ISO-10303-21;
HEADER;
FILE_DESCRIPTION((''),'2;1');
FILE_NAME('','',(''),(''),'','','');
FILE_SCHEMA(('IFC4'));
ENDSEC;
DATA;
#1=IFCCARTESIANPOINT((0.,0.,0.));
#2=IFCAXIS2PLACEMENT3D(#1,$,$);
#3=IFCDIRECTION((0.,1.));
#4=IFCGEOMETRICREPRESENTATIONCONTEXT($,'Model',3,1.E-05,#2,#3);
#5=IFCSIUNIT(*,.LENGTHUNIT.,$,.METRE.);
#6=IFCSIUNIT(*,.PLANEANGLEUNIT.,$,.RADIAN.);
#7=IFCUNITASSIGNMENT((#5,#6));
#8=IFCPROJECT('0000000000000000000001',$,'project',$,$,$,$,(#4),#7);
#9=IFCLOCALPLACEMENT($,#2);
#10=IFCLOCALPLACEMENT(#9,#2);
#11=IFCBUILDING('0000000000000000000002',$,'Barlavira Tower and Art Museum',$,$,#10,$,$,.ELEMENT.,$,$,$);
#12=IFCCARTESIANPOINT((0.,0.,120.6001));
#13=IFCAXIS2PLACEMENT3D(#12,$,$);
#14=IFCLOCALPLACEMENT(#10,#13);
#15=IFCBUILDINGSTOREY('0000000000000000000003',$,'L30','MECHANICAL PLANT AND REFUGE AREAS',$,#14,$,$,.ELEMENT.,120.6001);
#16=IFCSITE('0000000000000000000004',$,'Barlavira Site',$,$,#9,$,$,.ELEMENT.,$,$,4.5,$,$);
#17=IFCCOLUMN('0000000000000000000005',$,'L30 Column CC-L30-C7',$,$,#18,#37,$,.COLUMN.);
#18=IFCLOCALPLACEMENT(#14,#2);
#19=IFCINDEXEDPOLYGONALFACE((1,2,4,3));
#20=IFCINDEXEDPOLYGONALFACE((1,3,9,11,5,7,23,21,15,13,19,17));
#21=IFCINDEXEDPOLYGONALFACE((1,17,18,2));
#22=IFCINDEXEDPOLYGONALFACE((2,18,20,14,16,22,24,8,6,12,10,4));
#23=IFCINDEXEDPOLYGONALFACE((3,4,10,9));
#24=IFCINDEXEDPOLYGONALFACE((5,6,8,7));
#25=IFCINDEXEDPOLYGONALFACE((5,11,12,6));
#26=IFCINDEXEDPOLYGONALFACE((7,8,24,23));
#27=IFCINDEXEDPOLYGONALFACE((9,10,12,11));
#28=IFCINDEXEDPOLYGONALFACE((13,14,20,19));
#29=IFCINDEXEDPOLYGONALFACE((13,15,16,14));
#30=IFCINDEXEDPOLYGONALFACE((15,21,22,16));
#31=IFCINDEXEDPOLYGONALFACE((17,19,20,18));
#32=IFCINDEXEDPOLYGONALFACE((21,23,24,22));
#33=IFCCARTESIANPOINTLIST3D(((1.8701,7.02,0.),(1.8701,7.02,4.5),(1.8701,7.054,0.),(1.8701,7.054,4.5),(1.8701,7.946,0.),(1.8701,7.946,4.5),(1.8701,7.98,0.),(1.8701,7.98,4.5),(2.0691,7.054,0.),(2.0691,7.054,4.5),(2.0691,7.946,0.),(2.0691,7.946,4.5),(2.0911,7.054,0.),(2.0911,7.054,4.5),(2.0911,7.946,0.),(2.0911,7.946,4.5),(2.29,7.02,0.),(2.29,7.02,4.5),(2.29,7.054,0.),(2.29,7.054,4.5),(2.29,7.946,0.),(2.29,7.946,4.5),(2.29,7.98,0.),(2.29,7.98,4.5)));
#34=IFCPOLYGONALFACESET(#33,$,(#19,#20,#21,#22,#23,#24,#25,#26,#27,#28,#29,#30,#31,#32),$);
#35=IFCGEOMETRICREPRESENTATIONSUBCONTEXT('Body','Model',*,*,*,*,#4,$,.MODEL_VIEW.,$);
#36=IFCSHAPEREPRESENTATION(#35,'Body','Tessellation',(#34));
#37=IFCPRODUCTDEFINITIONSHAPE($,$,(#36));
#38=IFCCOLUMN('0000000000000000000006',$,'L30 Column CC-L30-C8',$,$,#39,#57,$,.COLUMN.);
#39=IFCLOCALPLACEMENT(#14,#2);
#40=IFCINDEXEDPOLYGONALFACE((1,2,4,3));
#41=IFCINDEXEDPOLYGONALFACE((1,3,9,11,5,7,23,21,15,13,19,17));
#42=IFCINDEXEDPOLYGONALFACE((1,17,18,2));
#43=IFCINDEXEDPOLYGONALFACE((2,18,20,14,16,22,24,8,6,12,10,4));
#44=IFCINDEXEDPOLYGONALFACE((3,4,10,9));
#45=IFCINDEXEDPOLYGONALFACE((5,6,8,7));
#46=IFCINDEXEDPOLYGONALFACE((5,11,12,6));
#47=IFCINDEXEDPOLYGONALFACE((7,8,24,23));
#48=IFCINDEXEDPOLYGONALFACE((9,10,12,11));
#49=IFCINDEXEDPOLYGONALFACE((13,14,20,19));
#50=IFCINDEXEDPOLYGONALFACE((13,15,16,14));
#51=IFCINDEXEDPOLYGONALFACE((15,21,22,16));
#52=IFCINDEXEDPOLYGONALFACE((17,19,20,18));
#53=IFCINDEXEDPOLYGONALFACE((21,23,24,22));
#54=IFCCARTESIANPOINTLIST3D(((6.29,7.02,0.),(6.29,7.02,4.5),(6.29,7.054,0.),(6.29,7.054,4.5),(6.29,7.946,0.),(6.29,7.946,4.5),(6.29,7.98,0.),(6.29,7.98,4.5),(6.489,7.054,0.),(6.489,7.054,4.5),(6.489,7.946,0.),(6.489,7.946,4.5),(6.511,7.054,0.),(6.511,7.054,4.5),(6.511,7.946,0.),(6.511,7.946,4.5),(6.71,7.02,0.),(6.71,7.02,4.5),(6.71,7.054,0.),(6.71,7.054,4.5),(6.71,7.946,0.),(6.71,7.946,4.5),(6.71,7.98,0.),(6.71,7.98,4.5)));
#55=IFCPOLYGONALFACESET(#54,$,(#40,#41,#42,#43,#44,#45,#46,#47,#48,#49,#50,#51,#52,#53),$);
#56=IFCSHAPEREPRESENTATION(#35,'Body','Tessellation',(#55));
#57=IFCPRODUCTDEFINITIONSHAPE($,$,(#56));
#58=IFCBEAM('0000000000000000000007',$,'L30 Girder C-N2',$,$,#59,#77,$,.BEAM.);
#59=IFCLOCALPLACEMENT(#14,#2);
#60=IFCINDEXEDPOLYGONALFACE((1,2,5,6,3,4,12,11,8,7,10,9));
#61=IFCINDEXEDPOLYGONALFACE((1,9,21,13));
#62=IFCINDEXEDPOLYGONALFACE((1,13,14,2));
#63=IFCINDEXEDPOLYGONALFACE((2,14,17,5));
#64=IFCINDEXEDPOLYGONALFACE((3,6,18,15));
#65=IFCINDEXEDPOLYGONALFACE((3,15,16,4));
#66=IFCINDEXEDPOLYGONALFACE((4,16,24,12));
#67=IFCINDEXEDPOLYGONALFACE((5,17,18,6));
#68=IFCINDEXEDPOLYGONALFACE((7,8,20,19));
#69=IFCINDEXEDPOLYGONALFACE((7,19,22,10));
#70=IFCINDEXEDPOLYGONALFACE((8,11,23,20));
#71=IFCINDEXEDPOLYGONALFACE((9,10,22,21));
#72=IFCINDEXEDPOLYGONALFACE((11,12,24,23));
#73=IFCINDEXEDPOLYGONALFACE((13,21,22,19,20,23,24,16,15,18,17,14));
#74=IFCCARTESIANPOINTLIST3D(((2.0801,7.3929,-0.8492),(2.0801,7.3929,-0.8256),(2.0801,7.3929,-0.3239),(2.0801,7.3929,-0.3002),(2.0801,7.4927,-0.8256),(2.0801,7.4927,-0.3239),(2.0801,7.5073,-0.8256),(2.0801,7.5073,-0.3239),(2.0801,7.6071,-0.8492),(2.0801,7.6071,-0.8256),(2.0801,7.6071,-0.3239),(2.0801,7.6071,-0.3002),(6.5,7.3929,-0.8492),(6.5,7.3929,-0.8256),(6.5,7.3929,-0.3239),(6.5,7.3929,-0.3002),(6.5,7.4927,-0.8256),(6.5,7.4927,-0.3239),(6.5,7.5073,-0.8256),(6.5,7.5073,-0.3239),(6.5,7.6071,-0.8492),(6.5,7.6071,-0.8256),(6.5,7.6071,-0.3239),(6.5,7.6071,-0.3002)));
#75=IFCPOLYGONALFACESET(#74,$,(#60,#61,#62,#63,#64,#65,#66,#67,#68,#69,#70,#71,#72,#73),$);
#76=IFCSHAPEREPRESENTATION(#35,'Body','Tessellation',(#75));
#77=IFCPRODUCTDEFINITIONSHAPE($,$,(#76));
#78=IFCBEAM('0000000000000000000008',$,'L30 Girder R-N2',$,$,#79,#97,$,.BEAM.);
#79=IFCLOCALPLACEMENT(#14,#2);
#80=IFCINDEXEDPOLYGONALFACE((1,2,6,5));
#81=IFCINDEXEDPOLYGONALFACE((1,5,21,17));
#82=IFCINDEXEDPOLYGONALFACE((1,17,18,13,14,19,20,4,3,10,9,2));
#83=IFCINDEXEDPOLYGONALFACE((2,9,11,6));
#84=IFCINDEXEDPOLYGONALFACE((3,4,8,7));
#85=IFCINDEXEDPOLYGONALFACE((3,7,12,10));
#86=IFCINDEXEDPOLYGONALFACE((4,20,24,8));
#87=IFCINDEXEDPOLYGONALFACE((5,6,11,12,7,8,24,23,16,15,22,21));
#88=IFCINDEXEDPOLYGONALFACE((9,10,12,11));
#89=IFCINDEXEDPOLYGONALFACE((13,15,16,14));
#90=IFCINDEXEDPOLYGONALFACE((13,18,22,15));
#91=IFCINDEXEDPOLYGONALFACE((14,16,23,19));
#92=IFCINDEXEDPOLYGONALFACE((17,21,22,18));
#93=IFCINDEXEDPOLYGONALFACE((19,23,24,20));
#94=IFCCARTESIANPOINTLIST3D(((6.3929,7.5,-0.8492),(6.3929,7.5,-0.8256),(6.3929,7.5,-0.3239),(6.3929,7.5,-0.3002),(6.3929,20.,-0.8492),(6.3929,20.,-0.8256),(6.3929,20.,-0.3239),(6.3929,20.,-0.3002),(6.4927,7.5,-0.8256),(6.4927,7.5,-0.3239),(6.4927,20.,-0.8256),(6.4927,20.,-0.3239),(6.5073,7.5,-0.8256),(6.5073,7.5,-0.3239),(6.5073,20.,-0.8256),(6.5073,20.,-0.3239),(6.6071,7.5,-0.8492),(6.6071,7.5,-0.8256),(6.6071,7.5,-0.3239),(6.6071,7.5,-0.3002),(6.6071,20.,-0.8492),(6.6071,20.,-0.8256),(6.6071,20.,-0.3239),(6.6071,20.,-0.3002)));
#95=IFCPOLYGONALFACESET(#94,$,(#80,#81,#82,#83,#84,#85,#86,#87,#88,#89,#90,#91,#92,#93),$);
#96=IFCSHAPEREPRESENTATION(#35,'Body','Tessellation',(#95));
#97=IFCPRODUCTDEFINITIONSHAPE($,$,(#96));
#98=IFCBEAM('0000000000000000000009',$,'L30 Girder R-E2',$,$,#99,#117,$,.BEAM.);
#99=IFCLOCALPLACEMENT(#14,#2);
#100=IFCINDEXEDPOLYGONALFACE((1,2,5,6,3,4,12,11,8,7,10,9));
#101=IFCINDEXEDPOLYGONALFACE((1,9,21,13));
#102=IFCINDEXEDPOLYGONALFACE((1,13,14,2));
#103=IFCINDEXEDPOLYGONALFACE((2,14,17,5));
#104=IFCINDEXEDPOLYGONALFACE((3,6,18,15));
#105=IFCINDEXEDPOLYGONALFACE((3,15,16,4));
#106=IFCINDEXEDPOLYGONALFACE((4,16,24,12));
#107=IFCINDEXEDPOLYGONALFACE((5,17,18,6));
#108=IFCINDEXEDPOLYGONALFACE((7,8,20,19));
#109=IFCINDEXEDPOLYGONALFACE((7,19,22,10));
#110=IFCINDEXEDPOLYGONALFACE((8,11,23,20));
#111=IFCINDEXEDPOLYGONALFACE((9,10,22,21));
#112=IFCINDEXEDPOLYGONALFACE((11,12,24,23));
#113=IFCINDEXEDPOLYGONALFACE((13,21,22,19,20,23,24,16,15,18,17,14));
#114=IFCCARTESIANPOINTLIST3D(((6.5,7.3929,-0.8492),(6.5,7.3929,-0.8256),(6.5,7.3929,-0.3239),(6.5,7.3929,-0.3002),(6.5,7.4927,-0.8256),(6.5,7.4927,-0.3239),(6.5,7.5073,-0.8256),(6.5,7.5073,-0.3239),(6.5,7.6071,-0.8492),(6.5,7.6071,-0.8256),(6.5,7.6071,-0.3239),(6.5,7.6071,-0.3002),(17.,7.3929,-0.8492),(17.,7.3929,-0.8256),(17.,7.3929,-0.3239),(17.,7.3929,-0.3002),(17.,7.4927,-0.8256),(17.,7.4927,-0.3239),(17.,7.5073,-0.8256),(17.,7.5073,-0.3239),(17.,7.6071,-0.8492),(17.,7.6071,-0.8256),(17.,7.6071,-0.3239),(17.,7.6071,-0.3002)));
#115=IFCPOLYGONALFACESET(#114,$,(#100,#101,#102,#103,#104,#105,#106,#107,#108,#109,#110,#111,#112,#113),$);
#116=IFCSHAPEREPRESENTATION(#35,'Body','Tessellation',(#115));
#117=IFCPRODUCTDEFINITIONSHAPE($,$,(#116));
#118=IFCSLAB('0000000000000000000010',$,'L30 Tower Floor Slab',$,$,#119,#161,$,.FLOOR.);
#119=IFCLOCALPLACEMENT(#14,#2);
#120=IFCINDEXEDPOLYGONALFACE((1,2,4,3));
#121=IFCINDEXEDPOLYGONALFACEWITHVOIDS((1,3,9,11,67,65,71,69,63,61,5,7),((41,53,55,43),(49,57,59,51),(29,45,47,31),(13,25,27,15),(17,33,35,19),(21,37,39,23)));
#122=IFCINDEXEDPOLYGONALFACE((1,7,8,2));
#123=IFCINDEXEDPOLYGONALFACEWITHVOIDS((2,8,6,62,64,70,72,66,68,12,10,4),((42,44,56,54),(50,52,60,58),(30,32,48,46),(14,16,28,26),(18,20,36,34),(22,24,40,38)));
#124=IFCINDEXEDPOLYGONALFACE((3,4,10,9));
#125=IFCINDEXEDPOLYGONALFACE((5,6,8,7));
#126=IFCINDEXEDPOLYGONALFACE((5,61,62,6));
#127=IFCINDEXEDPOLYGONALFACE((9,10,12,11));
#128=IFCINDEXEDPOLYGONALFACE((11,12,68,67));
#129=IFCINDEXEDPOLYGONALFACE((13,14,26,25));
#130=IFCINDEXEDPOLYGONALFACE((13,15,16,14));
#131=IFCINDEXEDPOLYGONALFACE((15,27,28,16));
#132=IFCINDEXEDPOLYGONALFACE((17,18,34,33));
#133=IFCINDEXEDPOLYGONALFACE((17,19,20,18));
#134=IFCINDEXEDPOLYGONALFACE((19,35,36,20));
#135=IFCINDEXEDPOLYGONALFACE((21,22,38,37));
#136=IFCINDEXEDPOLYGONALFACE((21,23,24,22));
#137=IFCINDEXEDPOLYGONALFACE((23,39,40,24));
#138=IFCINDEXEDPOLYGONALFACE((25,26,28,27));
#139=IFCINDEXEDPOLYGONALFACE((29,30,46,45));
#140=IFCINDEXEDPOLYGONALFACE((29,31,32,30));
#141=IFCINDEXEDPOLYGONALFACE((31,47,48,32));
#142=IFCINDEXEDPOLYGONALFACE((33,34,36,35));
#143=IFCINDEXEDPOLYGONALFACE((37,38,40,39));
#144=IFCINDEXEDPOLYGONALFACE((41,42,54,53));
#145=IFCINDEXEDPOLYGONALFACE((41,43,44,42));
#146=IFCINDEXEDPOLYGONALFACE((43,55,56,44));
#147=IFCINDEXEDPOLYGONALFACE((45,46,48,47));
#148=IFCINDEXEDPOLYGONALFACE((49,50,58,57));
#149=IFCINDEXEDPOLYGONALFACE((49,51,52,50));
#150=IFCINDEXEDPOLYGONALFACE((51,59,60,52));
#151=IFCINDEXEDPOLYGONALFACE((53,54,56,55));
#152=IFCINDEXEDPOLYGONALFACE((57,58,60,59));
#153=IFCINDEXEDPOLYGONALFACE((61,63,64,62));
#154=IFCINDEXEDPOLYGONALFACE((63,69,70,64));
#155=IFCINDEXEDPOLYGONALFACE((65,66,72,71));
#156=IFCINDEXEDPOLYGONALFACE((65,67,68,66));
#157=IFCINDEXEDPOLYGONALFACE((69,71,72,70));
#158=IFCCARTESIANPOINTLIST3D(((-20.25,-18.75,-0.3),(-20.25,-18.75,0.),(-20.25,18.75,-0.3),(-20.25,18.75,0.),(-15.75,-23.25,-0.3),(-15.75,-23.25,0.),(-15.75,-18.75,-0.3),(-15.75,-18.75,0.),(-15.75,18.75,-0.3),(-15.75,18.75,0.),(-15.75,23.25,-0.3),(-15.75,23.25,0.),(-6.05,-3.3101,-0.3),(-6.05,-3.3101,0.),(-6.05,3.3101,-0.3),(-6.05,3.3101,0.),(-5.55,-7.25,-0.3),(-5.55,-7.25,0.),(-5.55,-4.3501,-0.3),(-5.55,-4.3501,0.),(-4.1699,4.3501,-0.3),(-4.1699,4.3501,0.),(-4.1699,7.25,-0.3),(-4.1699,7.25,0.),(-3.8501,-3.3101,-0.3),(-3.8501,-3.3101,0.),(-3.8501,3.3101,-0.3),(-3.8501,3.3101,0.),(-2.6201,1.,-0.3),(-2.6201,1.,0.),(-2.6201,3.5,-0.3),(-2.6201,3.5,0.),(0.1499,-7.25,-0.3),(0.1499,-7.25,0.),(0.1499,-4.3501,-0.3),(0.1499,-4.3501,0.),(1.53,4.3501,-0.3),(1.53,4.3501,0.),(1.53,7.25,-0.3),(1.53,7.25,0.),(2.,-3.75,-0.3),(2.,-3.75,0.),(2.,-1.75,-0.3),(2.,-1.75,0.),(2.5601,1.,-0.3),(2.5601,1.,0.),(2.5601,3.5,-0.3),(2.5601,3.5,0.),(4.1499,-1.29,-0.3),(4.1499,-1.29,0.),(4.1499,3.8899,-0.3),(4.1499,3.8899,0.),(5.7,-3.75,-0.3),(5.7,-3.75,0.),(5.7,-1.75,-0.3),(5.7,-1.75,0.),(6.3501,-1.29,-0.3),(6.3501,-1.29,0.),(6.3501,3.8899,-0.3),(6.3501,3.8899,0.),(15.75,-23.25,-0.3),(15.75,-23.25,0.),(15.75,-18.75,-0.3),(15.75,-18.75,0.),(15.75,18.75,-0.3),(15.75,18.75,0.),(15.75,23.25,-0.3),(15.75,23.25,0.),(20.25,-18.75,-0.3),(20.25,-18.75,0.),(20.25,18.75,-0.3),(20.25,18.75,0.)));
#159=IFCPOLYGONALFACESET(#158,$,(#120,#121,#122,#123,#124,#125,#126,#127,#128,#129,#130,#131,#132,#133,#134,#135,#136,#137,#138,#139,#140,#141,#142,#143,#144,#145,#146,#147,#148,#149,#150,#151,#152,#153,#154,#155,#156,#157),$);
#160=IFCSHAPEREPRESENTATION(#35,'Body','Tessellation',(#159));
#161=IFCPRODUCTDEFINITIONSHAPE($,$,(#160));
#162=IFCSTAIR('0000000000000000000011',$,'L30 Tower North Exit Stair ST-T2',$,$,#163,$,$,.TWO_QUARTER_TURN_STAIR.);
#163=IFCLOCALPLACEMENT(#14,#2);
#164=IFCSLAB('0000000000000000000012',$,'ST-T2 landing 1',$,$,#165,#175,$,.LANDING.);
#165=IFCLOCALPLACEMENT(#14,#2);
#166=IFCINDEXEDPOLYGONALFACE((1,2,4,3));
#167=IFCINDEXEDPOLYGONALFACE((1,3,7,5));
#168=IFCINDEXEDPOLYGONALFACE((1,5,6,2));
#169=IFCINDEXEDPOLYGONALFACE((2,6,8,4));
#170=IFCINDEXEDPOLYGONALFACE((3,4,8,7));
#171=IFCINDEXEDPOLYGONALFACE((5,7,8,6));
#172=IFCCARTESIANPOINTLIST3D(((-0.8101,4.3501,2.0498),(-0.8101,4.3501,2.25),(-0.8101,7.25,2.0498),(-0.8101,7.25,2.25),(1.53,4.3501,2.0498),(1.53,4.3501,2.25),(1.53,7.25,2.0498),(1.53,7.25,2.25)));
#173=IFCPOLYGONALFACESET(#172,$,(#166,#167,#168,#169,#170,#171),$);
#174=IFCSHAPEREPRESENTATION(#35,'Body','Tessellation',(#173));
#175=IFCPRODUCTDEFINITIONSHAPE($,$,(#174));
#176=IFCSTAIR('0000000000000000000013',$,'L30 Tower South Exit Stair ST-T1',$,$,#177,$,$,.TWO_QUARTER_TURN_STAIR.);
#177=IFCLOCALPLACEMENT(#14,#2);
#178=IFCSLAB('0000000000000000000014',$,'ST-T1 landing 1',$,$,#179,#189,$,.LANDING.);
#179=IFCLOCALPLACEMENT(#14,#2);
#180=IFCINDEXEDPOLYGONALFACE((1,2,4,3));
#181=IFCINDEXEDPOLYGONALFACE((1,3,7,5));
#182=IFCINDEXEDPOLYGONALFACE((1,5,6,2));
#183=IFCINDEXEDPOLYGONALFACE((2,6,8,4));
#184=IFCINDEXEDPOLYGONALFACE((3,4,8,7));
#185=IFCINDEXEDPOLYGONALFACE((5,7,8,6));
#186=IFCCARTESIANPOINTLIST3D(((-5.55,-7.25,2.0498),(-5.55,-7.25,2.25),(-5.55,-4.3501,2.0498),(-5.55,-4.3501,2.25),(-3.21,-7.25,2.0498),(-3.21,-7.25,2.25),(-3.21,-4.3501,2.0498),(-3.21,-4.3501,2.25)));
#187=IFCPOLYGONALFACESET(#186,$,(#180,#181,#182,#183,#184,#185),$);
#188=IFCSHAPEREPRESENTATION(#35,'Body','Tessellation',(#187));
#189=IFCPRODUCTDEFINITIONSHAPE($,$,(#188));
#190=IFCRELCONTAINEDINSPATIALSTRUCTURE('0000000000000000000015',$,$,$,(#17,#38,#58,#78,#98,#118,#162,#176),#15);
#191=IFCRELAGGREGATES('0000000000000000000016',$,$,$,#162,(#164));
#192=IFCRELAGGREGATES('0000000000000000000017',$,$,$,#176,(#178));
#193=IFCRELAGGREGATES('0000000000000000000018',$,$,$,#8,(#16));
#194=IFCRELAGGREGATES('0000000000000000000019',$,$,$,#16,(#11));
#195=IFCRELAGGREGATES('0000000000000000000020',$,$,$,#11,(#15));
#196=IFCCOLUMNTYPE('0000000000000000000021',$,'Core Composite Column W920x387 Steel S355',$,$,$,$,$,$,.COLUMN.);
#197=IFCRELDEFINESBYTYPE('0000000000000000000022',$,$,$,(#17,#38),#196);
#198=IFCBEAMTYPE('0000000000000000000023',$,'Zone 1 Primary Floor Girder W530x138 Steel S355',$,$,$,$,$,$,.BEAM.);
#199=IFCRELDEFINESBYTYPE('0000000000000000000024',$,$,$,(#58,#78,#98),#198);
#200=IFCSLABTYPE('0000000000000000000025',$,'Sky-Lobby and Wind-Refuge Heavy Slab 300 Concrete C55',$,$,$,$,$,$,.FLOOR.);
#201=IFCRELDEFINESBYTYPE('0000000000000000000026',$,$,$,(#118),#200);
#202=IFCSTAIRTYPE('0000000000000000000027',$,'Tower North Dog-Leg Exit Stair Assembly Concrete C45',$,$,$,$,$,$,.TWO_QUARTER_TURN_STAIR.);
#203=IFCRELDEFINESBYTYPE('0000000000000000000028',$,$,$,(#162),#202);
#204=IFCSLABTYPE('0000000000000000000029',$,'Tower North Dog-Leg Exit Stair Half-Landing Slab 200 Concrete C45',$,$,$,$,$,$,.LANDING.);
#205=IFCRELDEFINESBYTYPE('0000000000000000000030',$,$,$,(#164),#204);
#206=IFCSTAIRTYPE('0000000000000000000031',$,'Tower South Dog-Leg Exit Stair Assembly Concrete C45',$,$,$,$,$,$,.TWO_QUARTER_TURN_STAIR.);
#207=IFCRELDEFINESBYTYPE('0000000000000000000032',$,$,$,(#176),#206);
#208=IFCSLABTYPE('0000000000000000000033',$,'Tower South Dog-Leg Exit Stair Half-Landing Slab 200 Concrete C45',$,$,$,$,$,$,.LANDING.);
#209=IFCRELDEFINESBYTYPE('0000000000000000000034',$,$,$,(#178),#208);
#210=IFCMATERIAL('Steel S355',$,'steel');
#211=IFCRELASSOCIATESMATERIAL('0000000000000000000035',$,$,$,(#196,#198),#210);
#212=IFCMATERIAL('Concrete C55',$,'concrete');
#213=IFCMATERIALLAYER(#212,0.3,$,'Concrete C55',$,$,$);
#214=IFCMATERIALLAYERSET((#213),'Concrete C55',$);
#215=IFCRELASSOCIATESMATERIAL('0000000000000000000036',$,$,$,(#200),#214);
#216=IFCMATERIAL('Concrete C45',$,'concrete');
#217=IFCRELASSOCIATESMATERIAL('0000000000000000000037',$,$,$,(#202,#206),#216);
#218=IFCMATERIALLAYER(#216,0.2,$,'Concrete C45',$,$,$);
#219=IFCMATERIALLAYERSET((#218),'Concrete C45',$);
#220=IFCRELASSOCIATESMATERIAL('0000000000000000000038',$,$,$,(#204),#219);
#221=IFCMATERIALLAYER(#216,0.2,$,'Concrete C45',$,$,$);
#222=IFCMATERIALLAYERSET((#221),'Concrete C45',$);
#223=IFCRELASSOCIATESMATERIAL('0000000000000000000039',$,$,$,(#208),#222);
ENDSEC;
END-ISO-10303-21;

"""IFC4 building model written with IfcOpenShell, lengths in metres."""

from ifc_helpers import new_model, si_unit, direction, frame, origin, origin_2d, place, context, subcontext, project, spatial, polyline, i_section, outline, extrude, material, layer, layer_set, material_profile, profile_set, type_object, element, aggregate, save


model = new_model("IFC4")

# Units and contexts
model_context = context("Model", 3, precision=1e-05, world=origin(), true_north=direction((0.0, 1.0)))
body_context = subcontext(model_context, "Body", "Model", "MODEL_VIEW")
ifc_project = project(units=[si_unit("LENGTHUNIT", "METRE"), si_unit("PLANEANGLEUNIT", "RADIAN")], contexts=[model_context])

# Site, building, storey
site_placement = place(None, origin())
site = spatial("IfcSite", under=ifc_project, at=site_placement, Name="Barlavira Site", CompositionType="ELEMENT", RefElevation=4.5)
building_placement = place(site_placement, origin())
building = spatial("IfcBuilding", under=site, at=building_placement, Name="Barlavira Tower and Art Museum", CompositionType="ELEMENT")
storey_placement = place(building_placement, frame((0.0, 0.0, 120.6001)))
storey = spatial("IfcBuildingStorey", under=building, at=storey_placement, Name="L30", Description="MECHANICAL PLANT AND REFUGE AREAS", CompositionType="ELEMENT", Elevation=120.6001)

# Columns
ifc_material_1 = material(Name="Steel S355", Category="steel")
ifc_material_profile_1 = material_profile(ifc_material_1, i_section(OverallWidth=0.4199, OverallDepth=0.96, WebThickness=0.022, FlangeThickness=0.0339, at=origin_2d()), Name="W920x387.0")
ifc_profile_set_1 = profile_set([ifc_material_profile_1], Name="Steel S355")
column_type = type_object("IfcColumnType", Name="Core Composite Column W920x387 Steel S355", PredefinedType="COLUMN", material=ifc_profile_set_1)
for number, where, z_axis, x_axis, name in (
    (1, (2.0801, 7.5, 0.0), (0.0, 0.0, 1.0), (1.0, 0.0, 0.0), "L30 Column CC-L30-C7"),
    (2, (6.5, 7.5, 0.0), (0.0, 0.0, 1.0), (1.0, 0.0, 0.0), "L30 Column CC-L30-C8"),
):
    element("IfcColumn", number, at=place(storey_placement, frame(where, z_axis=z_axis, x_axis=x_axis)), inside=storey, type_object=column_type, Name=name, PredefinedType="COLUMN", context=body_context, shape_type="SweptSolid", body=[
        extrude(i_section(OverallWidth=0.4199, OverallDepth=0.96, WebThickness=0.022, FlangeThickness=0.0339, at=origin_2d()), origin(), (0.0, 0.0, 1.0), 4.5),
    ])

# Beams
ifc_material_profile_2 = material_profile(ifc_material_1, i_section(OverallWidth=0.2141, OverallDepth=0.5491, WebThickness=0.0146, FlangeThickness=0.0237, at=origin_2d()), Name="W530x138.0")
ifc_profile_set_2 = profile_set([ifc_material_profile_2], Name="Steel S355")
beam_type = type_object("IfcBeamType", Name="Zone 1 Primary Floor Girder W530x138 Steel S355", PredefinedType="BEAM", material=ifc_profile_set_2)
beam_1_placement = place(storey_placement, frame((2.0801, 7.5, -0.5747), z_axis=(1.0, 0.0, 0.0), x_axis=(0.0, 1.0, 0.0)))
element("IfcBeam", 3, at=beam_1_placement, inside=storey, type_object=beam_type, Name="L30 Girder C-N2", PredefinedType="BEAM", context=body_context, shape_type="SweptSolid", body=[
    extrude(i_section(OverallWidth=0.2141, OverallDepth=0.5491, WebThickness=0.0146, FlangeThickness=0.0237, at=origin_2d()), origin(), (0.0, 0.0, 1.0), 4.4199),
])
beam_2_placement = place(storey_placement, frame((6.5, 7.5, -0.5747), z_axis=(0.0, 1.0, 0.0), x_axis=(-1.0, 0.0, 0.0)))
element("IfcBeam", 4, at=beam_2_placement, inside=storey, type_object=beam_type, Name="L30 Girder R-N2", PredefinedType="BEAM", context=body_context, shape_type="SweptSolid", body=[
    extrude(i_section(OverallWidth=0.2141, OverallDepth=0.5491, WebThickness=0.0146, FlangeThickness=0.0237, at=origin_2d()), origin(), (0.0, 0.0, 1.0), 12.5),
])
beam_3_placement = place(storey_placement, frame((6.5, 7.5, -0.5747), z_axis=(1.0, 0.0, 0.0), x_axis=(0.0, 1.0, 0.0)))
element("IfcBeam", 5, at=beam_3_placement, inside=storey, type_object=beam_type, Name="L30 Girder R-E2", PredefinedType="BEAM", context=body_context, shape_type="SweptSolid", body=[
    extrude(i_section(OverallWidth=0.2141, OverallDepth=0.5491, WebThickness=0.0146, FlangeThickness=0.0237, at=origin_2d()), origin(), (0.0, 0.0, 1.0), 10.5),
])

# Slab
ifc_material_2 = material(Name="Concrete C55", Category="concrete")
ifc_layer_1 = layer(ifc_material_2, 0.3, Name="Concrete C55")
ifc_layer_set_1 = layer_set([ifc_layer_1], Name="Concrete C55")
slab_type_1 = type_object("IfcSlabType", Name="Sky-Lobby and Wind-Refuge Heavy Slab 300 Concrete C55", PredefinedType="FLOOR", material=ifc_layer_set_1)
slab_1_placement = place(storey_placement, frame((0.0, 0.0, -0.3)))
element("IfcSlab", 6, at=slab_1_placement, inside=storey, type_object=slab_type_1, Name="L30 Tower Floor Slab", PredefinedType="FLOOR", context=body_context, shape_type="SweptSolid", body=[
    extrude(outline(polyline([(-15.75, -23.25), (15.75, -23.25), (15.75, -18.75), (20.25, -18.75), (20.25, 18.75), (15.75, 18.75), (15.75, 23.25), (-15.75, 23.25), (-15.75, 18.75), (-20.25, 18.75), (-20.25, -18.75), (-15.75, -18.75), (-15.75, -23.25)]), holes=[polyline([(0.1499, -4.3501), (-5.55, -4.3501), (-5.55, -7.25), (0.1499, -7.25), (0.1499, -4.3501)]), polyline([(-4.1699, 4.3501), (1.53, 4.3501), (1.53, 7.25), (-4.1699, 7.25), (-4.1699, 4.3501)]), polyline([(-6.05, -3.3101), (-3.8501, -3.3101), (-3.8501, 3.3101), (-6.05, 3.3101), (-6.05, -3.3101)]), polyline([(4.1499, -1.29), (6.3501, -1.29), (6.3501, 3.8899), (4.1499, 3.8899), (4.1499, -1.29)]), polyline([(-2.6201, 1.0), (2.5601, 1.0), (2.5601, 3.5), (-2.6201, 3.5), (-2.6201, 1.0)]), polyline([(2.0, -3.75), (5.7, -3.75), (5.7, -1.75), (2.0, -1.75), (2.0, -3.75)])]), origin(), (0.0, 0.0, 1.0), 0.3),
])

# Stairs, slabs
ifc_material_3 = material(Name="Concrete C45", Category="concrete")
stair_type_1 = type_object("IfcStairType", Name="Tower North Dog-Leg Exit Stair Assembly Concrete C45", PredefinedType="TWO_QUARTER_TURN_STAIR", material=ifc_material_3)
stair_1_placement = place(storey_placement, origin())
stair_1 = element("IfcStair", 7, at=stair_1_placement, inside=storey, type_object=stair_type_1, Name="L30 Tower North Exit Stair ST-T2", PredefinedType="TWO_QUARTER_TURN_STAIR")
ifc_layer_2 = layer(ifc_material_3, 0.2, Name="Concrete C45")
ifc_layer_set_2 = layer_set([ifc_layer_2], Name="Concrete C45")
slab_type_2 = type_object("IfcSlabType", Name="Tower North Dog-Leg Exit Stair Half-Landing Slab 200 Concrete C45", PredefinedType="LANDING", material=ifc_layer_set_2)
slab_2_placement = place(storey_placement, frame((0.0, 0.0, 2.0498)))
slab_2 = element("IfcSlab", 8, at=slab_2_placement, type_object=slab_type_2, Name="ST-T2 landing 1", PredefinedType="LANDING", context=body_context, shape_type="SweptSolid", body=[
    extrude(outline(polyline([(-0.8101, 4.3501), (1.53, 4.3501), (1.53, 7.25), (-0.8101, 7.25), (-0.8101, 4.3501)])), origin(), (0.0, 0.0, 1.0), 0.2002),
])
aggregate(stair_1, [slab_2])
stair_type_2 = type_object("IfcStairType", Name="Tower South Dog-Leg Exit Stair Assembly Concrete C45", PredefinedType="TWO_QUARTER_TURN_STAIR", material=ifc_material_3)
stair_2_placement = place(storey_placement, origin())
stair_2 = element("IfcStair", 9, at=stair_2_placement, inside=storey, type_object=stair_type_2, Name="L30 Tower South Exit Stair ST-T1", PredefinedType="TWO_QUARTER_TURN_STAIR")
ifc_layer_3 = layer(ifc_material_3, 0.2, Name="Concrete C45")
ifc_layer_set_3 = layer_set([ifc_layer_3], Name="Concrete C45")
slab_type_3 = type_object("IfcSlabType", Name="Tower South Dog-Leg Exit Stair Half-Landing Slab 200 Concrete C45", PredefinedType="LANDING", material=ifc_layer_set_3)
slab_3_placement = place(storey_placement, frame((0.0, 0.0, 2.0498)))
slab_3 = element("IfcSlab", 10, at=slab_3_placement, type_object=slab_type_3, Name="ST-T1 landing 1", PredefinedType="LANDING", context=body_context, shape_type="SweptSolid", body=[
    extrude(outline(polyline([(-3.21, -4.3501), (-5.55, -4.3501), (-5.55, -7.25), (-3.21, -7.25), (-3.21, -4.3501)])), origin(), (0.0, 0.0, 1.0), 0.2002),
])
aggregate(stair_2, [slab_3])

save(model, "model.ifc")
